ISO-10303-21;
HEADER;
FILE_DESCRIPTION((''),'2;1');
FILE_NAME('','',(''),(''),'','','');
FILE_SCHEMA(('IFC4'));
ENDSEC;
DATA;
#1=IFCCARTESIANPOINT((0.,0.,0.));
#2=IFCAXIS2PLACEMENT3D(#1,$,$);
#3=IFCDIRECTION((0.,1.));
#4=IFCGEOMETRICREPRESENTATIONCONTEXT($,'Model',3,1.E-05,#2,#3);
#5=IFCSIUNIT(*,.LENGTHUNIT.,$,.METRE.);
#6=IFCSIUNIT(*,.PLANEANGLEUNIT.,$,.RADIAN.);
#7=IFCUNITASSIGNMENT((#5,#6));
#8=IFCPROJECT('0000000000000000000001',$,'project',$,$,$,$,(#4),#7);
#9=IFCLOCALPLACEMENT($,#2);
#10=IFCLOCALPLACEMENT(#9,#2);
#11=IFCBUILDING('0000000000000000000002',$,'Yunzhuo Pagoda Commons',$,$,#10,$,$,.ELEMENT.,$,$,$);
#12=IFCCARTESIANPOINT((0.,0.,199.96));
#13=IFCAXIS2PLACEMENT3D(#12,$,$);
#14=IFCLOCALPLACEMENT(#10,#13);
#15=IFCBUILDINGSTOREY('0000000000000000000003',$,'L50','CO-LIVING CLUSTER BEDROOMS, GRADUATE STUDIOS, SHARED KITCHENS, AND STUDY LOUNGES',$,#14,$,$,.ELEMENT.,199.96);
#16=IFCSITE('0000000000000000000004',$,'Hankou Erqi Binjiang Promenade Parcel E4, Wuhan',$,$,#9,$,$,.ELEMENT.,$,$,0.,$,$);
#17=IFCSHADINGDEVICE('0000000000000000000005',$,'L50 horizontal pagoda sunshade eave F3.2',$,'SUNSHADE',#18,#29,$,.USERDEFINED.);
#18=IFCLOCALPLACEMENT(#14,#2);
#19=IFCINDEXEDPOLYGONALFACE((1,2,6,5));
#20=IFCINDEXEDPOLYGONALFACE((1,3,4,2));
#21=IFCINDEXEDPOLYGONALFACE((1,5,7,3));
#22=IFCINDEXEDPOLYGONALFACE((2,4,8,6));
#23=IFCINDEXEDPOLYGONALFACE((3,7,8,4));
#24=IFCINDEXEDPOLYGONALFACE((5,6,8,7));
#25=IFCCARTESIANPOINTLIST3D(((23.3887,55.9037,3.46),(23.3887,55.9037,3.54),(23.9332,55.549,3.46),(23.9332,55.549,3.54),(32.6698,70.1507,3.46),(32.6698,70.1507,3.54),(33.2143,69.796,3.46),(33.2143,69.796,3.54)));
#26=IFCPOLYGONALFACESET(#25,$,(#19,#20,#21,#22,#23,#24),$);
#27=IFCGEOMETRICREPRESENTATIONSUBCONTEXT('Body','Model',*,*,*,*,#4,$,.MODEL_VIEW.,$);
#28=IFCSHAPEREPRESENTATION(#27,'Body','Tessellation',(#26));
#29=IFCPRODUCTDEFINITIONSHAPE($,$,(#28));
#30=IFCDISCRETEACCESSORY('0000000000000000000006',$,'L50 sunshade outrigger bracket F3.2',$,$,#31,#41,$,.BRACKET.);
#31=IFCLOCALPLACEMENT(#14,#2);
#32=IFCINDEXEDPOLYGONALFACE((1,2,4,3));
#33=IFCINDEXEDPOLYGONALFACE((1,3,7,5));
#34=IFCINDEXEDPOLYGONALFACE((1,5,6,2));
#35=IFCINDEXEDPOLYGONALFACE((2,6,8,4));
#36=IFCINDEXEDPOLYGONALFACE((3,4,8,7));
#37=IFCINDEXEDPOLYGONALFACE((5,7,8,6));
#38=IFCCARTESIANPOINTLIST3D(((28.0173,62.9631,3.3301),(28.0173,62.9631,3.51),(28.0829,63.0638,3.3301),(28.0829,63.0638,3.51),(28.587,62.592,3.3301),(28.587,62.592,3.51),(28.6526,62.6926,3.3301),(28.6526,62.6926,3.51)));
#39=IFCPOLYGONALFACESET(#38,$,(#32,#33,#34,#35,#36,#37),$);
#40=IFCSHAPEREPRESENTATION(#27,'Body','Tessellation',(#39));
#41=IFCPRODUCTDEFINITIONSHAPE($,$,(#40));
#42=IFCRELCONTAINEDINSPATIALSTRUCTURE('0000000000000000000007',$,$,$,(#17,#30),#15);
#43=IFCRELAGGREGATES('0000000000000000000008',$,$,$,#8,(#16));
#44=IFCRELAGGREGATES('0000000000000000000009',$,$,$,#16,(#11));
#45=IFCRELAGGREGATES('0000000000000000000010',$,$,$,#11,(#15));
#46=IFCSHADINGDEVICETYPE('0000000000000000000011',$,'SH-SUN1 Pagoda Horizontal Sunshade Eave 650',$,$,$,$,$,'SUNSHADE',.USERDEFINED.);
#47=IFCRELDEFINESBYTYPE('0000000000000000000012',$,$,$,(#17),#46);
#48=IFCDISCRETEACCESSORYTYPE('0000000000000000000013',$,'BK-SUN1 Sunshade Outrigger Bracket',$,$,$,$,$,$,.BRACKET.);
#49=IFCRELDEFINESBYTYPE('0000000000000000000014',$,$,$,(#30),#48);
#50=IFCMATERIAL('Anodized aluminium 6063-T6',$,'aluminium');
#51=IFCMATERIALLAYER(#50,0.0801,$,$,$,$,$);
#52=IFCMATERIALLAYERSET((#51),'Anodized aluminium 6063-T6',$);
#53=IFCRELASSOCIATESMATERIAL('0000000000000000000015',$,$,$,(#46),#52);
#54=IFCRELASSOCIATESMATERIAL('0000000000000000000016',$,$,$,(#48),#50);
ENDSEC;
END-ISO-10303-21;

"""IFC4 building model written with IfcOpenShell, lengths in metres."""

from ifc_helpers import new_model, si_unit, direction, frame, origin, origin_2d, place, context, subcontext, project, spatial, rectangle, extrude, source, transform, mapped, material, layer, layer_set, type_object, element, save


model = new_model("IFC4")

# Units and contexts
model_context = context("Model", 3, precision=1e-05, world=origin(), true_north=direction((0.0, 1.0)))
body_context = subcontext(model_context, "Body", "Model", "MODEL_VIEW")
ifc_project = project(units=[si_unit("LENGTHUNIT", "METRE"), si_unit("PLANEANGLEUNIT", "RADIAN")], contexts=[model_context])

# Site, building, storey
site_placement = place(None, origin())
site = spatial("IfcSite", under=ifc_project, at=site_placement, Name="Hankou Erqi Binjiang Promenade Parcel E4, Wuhan", CompositionType="ELEMENT", RefElevation=0.0)
building_placement = place(site_placement, origin())
building = spatial("IfcBuilding", under=site, at=building_placement, Name="Yunzhuo Pagoda Commons", CompositionType="ELEMENT")
storey_placement = place(building_placement, frame((0.0, 0.0, 199.96)))
storey = spatial("IfcBuildingStorey", under=building, at=storey_placement, Name="L50", Description="CO-LIVING CLUSTER BEDROOMS, GRADUATE STUDIOS, SHARED KITCHENS, AND STUDY LOUNGES", CompositionType="ELEMENT", Elevation=199.96)

# Shared definitions
ifc_material_1 = material(Name="Anodized aluminium 6063-T6", Category="aluminium")

# Shading device
ifc_layer_1 = layer(ifc_material_1, 0.0801)
ifc_layer_set_1 = layer_set([ifc_layer_1], Name="Anodized aluminium 6063-T6")
shading_device_type = type_object("IfcShadingDeviceType", Name="SH-SUN1 Pagoda Horizontal Sunshade Eave 650", ElementType="SUNSHADE", PredefinedType="USERDEFINED", material=ifc_layer_set_1)
shared_shape_1 = source(origin(), body_context, "Body", "SweptSolid", [
    extrude(rectangle(XDim=17.0034, YDim=0.6499, at=origin_2d()), origin(), (0.0, 0.0, 1.0), 0.0801),
])
shading_device_1_placement = place(storey_placement, frame((28.3015, 62.8499, 3.46), z_axis=(0.0, 0.0, 1.0), x_axis=(-0.545839, -0.83789, 0.0)))
element("IfcShadingDevice", 1, at=shading_device_1_placement, inside=storey, type_object=shading_device_type, Name="L50 horizontal pagoda sunshade eave F3.2", ObjectType="SUNSHADE", PredefinedType="USERDEFINED", context=body_context, shape_type="MappedRepresentation", body=[
    mapped(shared_shape_1, transform((0.0, 0.0, 0.0), scale=1.0)),
])

# Discrete accessory
discrete_accessory_type = type_object("IfcDiscreteAccessoryType", Name="BK-SUN1 Sunshade Outrigger Bracket", PredefinedType="BRACKET", material=ifc_material_1)
shared_shape_2 = source(origin(), body_context, "Body", "SweptSolid", [
    extrude(rectangle(XDim=0.1201, YDim=0.6799, at=origin_2d()), origin(), (0.0, 0.0, 1.0), 0.1799),
])
discrete_accessory_placement = place(storey_placement, frame((28.335, 62.8279, 3.3301), z_axis=(0.0, 0.0, 1.0), x_axis=(-0.545839, -0.83789, 0.0)))
element("IfcDiscreteAccessory", 2, at=discrete_accessory_placement, inside=storey, type_object=discrete_accessory_type, Name="L50 sunshade outrigger bracket F3.2", PredefinedType="BRACKET", context=body_context, shape_type="MappedRepresentation", body=[
    mapped(shared_shape_2, transform((0.0, 0.0, 0.0), scale=1.0)),
])

save(model, "model.ifc")
